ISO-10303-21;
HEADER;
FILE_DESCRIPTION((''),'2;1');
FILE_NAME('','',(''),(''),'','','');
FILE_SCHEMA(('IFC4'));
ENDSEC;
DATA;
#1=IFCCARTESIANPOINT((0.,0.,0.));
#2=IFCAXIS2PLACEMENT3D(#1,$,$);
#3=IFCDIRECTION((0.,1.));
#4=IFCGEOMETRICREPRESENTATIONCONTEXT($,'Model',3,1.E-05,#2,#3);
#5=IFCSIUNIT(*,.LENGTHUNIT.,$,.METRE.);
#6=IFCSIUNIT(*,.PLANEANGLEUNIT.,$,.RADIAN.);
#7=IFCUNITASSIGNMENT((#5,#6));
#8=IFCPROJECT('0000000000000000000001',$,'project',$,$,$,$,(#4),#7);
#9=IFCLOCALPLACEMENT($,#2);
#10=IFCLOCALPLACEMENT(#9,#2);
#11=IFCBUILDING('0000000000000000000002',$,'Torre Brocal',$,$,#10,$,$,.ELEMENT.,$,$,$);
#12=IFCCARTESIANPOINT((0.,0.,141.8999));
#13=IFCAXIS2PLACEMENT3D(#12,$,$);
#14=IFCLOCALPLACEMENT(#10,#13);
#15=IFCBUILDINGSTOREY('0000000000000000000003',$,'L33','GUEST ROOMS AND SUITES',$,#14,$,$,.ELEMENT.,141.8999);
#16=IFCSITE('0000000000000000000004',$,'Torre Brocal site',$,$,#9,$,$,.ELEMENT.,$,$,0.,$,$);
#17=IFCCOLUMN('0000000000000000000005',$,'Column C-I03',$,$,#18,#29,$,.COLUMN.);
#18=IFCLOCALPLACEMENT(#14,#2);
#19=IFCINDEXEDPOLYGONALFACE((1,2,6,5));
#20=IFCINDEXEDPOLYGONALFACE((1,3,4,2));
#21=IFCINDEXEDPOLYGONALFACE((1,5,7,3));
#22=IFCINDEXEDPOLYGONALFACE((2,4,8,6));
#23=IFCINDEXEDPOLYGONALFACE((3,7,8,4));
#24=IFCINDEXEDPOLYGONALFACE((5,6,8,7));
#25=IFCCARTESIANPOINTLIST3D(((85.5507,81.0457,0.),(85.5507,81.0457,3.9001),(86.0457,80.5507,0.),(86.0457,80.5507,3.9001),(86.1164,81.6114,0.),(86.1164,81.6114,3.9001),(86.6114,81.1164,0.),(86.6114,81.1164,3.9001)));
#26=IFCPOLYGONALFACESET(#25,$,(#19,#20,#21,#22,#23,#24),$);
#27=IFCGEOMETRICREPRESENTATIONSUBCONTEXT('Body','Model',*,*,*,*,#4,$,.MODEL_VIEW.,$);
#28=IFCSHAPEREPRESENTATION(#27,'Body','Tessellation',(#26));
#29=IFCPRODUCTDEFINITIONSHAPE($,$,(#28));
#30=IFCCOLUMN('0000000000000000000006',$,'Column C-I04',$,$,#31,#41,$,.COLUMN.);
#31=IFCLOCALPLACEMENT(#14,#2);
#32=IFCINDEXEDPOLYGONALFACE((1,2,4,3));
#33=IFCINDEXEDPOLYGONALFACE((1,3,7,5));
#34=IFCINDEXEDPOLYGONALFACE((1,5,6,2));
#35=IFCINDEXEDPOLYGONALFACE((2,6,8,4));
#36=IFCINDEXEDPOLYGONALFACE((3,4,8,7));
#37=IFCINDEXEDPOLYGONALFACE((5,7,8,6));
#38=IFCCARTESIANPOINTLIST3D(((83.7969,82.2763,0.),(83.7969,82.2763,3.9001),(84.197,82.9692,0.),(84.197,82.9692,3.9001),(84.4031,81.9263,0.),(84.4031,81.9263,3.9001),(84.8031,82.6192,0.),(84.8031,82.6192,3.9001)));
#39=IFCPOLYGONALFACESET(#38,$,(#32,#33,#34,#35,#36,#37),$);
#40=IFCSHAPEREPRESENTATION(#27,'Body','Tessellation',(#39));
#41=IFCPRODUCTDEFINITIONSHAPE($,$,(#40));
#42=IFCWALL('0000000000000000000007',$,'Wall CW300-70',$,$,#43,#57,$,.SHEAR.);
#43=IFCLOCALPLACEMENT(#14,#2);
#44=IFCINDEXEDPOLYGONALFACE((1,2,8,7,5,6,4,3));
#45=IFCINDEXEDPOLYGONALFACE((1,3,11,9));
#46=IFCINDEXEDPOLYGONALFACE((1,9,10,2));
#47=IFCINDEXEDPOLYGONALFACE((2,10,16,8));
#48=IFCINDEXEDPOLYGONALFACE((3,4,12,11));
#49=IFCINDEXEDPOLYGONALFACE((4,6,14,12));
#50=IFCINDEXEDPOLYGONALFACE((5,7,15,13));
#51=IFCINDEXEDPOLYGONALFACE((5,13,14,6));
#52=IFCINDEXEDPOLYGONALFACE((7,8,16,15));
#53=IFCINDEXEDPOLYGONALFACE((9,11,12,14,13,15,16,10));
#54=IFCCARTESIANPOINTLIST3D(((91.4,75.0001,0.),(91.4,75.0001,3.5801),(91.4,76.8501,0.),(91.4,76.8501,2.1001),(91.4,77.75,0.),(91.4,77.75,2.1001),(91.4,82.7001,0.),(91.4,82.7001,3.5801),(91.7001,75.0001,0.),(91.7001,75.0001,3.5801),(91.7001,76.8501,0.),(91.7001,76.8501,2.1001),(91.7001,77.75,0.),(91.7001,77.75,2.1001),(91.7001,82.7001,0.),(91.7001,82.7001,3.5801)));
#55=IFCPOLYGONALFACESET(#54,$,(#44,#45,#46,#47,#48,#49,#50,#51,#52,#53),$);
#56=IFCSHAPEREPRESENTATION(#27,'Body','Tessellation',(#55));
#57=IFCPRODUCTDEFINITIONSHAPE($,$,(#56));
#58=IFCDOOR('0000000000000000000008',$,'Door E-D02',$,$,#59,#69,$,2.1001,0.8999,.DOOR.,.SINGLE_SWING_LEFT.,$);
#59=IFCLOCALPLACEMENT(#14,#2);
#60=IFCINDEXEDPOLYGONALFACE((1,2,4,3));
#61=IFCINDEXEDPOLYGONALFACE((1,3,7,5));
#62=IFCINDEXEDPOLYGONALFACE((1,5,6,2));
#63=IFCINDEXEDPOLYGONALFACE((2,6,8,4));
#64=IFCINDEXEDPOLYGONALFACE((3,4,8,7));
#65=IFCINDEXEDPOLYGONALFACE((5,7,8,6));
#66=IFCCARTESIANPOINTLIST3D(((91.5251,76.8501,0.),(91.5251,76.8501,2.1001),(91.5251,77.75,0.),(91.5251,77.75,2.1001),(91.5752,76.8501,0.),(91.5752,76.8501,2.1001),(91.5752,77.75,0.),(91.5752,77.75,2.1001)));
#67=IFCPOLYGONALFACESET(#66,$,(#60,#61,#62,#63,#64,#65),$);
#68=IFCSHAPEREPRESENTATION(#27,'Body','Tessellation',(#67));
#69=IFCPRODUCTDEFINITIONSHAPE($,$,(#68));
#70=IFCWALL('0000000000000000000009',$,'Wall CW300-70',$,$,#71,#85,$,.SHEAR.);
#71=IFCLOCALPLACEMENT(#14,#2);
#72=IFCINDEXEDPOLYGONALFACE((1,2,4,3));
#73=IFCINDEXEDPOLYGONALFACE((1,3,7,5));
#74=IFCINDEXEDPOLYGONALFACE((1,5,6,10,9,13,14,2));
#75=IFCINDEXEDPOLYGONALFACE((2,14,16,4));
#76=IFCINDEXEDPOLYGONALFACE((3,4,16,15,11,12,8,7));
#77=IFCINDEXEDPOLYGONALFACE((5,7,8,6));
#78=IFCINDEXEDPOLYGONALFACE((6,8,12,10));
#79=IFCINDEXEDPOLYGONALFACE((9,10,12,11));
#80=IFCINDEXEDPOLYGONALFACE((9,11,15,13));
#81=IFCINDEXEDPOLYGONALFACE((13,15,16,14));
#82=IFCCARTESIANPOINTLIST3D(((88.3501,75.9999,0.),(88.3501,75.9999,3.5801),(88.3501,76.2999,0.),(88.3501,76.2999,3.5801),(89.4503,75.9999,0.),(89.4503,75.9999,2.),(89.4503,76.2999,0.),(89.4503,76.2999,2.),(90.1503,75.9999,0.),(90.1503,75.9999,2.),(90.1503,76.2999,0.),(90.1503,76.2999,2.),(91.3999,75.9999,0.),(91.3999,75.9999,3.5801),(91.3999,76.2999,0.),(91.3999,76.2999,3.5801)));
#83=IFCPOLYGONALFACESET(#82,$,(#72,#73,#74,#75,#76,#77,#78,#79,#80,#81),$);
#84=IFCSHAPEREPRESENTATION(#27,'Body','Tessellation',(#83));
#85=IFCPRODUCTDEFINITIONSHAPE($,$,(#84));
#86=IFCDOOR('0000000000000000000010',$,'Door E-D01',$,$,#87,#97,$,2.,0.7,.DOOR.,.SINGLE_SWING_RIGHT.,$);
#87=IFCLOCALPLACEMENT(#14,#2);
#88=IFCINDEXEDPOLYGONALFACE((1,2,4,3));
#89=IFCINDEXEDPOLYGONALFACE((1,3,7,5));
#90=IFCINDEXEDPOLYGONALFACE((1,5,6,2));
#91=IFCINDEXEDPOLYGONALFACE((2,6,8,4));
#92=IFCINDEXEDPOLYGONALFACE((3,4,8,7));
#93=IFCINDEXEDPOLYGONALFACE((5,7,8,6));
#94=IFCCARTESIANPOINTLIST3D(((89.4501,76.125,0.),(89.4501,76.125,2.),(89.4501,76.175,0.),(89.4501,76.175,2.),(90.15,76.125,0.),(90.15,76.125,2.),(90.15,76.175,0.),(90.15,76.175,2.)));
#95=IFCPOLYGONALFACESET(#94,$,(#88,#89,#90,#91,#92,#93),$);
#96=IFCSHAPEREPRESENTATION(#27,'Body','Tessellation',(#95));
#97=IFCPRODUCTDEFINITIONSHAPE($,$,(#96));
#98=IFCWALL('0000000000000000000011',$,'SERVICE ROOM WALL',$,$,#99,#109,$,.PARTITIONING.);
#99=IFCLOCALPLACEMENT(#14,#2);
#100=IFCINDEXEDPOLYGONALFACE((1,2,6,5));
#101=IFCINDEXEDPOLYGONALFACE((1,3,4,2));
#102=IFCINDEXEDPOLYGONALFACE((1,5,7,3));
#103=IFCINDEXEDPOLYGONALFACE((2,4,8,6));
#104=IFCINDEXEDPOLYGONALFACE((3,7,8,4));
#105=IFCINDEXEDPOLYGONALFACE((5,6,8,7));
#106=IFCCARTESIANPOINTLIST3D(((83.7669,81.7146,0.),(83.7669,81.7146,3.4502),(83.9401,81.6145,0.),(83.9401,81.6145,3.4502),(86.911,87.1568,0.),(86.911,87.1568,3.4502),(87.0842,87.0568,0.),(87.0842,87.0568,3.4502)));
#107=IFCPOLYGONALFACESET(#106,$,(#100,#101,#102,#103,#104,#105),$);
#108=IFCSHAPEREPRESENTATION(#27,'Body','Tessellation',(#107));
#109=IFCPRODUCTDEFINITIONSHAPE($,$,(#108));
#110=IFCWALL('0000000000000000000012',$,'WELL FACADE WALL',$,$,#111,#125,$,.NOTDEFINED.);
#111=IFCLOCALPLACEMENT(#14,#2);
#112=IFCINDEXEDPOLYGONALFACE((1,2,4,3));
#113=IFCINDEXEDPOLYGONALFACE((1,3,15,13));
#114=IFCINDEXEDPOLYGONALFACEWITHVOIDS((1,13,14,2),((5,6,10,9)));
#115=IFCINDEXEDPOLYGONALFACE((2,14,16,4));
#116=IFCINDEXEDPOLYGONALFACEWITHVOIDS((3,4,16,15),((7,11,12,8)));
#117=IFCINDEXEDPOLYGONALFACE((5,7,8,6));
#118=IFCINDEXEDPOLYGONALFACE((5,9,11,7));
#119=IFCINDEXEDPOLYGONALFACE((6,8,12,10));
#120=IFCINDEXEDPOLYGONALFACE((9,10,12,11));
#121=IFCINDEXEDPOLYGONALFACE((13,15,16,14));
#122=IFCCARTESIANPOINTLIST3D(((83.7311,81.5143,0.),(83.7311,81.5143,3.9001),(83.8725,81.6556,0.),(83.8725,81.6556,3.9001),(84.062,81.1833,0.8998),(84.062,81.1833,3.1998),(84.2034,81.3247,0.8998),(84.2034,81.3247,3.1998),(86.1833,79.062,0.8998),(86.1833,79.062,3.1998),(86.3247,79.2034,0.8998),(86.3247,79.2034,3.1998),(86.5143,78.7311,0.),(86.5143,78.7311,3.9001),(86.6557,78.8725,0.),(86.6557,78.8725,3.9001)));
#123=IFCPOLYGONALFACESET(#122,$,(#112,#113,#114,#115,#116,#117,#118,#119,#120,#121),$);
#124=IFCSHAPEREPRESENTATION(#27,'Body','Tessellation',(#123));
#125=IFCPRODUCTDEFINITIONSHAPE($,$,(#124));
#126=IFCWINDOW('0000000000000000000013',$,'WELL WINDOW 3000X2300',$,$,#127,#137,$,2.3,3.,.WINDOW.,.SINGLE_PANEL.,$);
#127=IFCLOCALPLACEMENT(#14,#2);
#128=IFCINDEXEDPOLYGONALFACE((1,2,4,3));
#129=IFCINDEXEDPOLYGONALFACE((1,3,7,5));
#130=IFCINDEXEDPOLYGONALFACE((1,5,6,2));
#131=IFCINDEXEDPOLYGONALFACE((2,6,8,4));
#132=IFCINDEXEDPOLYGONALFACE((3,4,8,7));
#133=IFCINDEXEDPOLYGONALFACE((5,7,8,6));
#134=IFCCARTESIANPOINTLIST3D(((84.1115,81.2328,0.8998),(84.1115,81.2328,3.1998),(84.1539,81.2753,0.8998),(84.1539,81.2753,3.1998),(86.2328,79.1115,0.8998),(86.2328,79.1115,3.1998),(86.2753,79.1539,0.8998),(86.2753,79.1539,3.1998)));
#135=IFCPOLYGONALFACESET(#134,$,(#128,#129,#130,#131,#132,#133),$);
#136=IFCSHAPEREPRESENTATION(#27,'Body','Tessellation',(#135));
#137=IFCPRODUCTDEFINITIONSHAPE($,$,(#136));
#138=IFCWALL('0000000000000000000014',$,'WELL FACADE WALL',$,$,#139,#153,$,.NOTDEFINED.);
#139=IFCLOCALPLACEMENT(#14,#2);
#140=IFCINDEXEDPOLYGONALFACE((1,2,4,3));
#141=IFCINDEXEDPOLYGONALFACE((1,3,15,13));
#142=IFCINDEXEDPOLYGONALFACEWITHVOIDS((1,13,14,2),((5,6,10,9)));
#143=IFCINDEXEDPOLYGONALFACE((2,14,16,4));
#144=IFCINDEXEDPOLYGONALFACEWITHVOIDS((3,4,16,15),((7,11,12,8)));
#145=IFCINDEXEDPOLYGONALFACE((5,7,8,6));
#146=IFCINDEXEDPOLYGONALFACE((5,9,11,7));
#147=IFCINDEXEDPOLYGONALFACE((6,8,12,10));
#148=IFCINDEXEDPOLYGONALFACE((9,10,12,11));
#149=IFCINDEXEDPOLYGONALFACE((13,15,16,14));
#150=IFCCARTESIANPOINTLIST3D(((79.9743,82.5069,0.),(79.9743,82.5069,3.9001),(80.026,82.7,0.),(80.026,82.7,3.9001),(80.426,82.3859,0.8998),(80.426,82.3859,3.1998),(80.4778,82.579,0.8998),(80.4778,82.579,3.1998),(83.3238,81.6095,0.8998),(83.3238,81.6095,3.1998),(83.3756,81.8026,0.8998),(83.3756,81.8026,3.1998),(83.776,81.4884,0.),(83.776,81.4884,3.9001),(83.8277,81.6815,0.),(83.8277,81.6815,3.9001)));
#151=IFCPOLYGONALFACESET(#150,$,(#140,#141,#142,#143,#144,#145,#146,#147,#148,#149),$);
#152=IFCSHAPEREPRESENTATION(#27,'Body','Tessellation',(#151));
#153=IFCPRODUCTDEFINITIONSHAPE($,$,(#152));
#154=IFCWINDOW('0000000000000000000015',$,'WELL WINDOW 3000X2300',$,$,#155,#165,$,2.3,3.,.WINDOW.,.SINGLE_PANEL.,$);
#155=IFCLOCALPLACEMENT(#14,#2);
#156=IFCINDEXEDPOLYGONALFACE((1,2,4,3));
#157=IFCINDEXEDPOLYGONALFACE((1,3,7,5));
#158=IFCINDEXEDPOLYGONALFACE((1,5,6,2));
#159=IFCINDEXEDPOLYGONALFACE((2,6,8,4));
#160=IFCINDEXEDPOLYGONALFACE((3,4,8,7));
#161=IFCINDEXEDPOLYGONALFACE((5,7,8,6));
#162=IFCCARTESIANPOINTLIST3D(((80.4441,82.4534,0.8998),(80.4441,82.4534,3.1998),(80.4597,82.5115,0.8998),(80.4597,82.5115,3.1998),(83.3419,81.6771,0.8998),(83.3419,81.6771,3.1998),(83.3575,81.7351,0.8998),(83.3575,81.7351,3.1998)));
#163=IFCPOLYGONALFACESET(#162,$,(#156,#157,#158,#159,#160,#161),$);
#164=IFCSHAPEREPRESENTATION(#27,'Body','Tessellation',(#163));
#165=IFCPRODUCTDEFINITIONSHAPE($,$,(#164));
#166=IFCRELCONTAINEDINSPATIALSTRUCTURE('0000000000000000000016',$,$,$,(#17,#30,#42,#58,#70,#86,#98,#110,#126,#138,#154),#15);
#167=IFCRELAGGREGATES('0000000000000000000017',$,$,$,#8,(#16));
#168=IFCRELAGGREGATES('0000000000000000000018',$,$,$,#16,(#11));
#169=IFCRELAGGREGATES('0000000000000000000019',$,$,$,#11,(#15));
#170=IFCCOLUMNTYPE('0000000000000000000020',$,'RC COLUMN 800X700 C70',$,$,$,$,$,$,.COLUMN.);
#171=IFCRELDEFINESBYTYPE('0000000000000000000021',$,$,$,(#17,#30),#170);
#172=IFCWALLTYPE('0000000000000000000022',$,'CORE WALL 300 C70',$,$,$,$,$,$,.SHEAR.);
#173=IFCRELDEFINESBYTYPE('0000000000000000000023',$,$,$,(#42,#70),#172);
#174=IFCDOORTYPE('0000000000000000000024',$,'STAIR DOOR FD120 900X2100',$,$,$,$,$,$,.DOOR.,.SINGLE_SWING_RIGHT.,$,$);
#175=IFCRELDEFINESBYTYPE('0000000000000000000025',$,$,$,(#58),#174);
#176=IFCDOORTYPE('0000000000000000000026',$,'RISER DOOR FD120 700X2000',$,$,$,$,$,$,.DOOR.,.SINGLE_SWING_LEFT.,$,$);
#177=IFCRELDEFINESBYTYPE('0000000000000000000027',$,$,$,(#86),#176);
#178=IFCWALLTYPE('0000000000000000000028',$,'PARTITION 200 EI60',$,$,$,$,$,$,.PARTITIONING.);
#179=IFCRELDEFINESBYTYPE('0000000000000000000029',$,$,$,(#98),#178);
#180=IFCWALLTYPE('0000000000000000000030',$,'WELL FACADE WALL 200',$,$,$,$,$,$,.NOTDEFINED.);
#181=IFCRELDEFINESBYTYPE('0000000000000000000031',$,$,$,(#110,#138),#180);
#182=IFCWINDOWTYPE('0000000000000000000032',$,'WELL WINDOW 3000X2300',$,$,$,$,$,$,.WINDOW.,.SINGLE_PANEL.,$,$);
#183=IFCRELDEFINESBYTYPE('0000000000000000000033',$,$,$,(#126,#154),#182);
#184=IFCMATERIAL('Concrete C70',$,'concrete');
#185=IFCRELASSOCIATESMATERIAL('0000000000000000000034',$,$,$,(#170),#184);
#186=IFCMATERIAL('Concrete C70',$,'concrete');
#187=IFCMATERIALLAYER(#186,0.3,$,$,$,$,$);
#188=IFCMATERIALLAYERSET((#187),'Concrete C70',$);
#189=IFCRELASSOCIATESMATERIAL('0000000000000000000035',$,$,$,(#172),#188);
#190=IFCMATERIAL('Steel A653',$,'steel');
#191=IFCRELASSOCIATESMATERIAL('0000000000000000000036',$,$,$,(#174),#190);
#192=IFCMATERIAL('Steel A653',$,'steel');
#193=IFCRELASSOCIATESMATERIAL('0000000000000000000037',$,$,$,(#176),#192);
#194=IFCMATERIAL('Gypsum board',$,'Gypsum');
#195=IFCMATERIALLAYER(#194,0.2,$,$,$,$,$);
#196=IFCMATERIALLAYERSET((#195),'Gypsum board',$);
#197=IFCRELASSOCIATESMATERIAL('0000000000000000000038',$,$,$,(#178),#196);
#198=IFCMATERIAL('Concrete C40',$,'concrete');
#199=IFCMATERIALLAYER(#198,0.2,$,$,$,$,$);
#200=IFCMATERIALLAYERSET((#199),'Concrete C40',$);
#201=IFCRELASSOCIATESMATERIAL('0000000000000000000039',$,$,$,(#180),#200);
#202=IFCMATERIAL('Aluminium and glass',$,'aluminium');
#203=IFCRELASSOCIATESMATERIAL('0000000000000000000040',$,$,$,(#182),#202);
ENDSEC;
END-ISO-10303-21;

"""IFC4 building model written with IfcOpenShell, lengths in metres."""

from ifc_helpers import new_model, si_unit, direction, frame, frame_2d, origin, origin_2d, place, context, subcontext, project, spatial, rectangle, extrude, material, layer, layer_set, material_profile, profile_set, type_object, element, fill, save


model = new_model("IFC4")

# Units and contexts
model_context = context("Model", 3, precision=1e-05, world=origin(), true_north=direction((0.0, 1.0)))
body_context = subcontext(model_context, "Body", "Model", "MODEL_VIEW")
ifc_project = project(units=[si_unit("LENGTHUNIT", "METRE"), si_unit("PLANEANGLEUNIT", "RADIAN")], contexts=[model_context])

# Site, building, storey
site_placement = place(None, origin())
site = spatial("IfcSite", under=ifc_project, at=site_placement, Name="Torre Brocal site", CompositionType="ELEMENT", RefElevation=0.0)
building_placement = place(site_placement, origin())
building = spatial("IfcBuilding", under=site, at=building_placement, Name="Torre Brocal", CompositionType="ELEMENT")
storey_placement = place(building_placement, frame((0.0, 0.0, 141.8999)))
storey = spatial("IfcBuildingStorey", under=building, at=storey_placement, Name="L33", Description="GUEST ROOMS AND SUITES", CompositionType="ELEMENT", Elevation=141.8999)

# Columns
ifc_material_1 = material(Name="Concrete C70", Category="concrete")
ifc_material_profile = material_profile(ifc_material_1, rectangle(XDim=0.8, YDim=0.7, at=origin_2d()), Name="RC 800X700")
ifc_profile_set = profile_set([ifc_material_profile], Name="Concrete C70")
column_type = type_object("IfcColumnType", Name="RC COLUMN 800X700 C70", PredefinedType="COLUMN", material=ifc_profile_set)
for number, where, z_axis, x_axis, name in (
    (1, (86.0811, 81.0811, 0.0), (0.0, 0.0, 1.0), (0.707107, 0.707107, 0.0), "Column C-I03"),
    (2, (84.3, 82.4478, 0.0), (0.0, 0.0, 1.0), (0.5, 0.866025, 0.0), "Column C-I04"),
):
    element("IfcColumn", number, at=place(storey_placement, frame(where, z_axis=z_axis, x_axis=x_axis)), inside=storey, type_object=column_type, Name=name, PredefinedType="COLUMN", context=body_context, shape_type="SweptSolid", body=[
        extrude(rectangle(XDim=0.8, YDim=0.7, at=origin_2d()), origin(), (0.0, 0.0, 1.0), 3.9001),
    ])

# Walls, openings, doors
ifc_material_2 = material(Name="Concrete C70", Category="concrete")
ifc_layer_1 = layer(ifc_material_2, 0.3)
ifc_layer_set_1 = layer_set([ifc_layer_1], Name="Concrete C70")
wall_type_1 = type_object("IfcWallType", Name="CORE WALL 300 C70", PredefinedType="SHEAR", material=ifc_layer_set_1)
wall_1_placement = place(storey_placement, frame((91.55, 75.0, 0.0), z_axis=(0.0, 0.0, 1.0), x_axis=(0.0, 1.0, 0.0)))
wall_1 = element("IfcWall", 3, at=wall_1_placement, inside=storey, type_object=wall_type_1, Name="Wall CW300-70", PredefinedType="SHEAR", context=body_context, shape_type="SweptSolid", body=[
    extrude(rectangle(XDim=7.7, YDim=0.3, at=frame_2d((3.8501, 0.0))), origin(), (0.0, 0.0, 1.0), 3.5801),
])
opening_1_placement = place(wall_1_placement, frame((1.8501, 0.0, 0.0)))
opening_1 = element("IfcOpeningElement", 4, at=opening_1_placement, cuts=wall_1, PredefinedType="OPENING", context=body_context, shape_type="SweptSolid", body=[
    extrude(rectangle(XDim=0.8999, YDim=2.1001, at=frame_2d((0.45, 1.05))), frame((0.0, 0.1599, 0.0), z_axis=(0.0, -1.0, 0.0), x_axis=(1.0, 0.0, 0.0)), (0.0, 0.0, 1.0), 0.3201),
])
ifc_material_3 = material(Name="Steel A653", Category="steel")
door_type_1 = type_object("IfcDoorType", Name="STAIR DOOR FD120 900X2100", OperationType="SINGLE_SWING_RIGHT", PredefinedType="DOOR", material=ifc_material_3)
door_1_placement = place(opening_1_placement, origin())
door_1 = element("IfcDoor", 5, at=door_1_placement, inside=storey, type_object=door_type_1, Name="Door E-D02", OperationType="SINGLE_SWING_LEFT", OverallHeight=2.1001, OverallWidth=0.8999, PredefinedType="DOOR", context=body_context, shape_type="SweptSolid", body=[
    extrude(rectangle(XDim=0.8999, YDim=2.1001, at=frame_2d((0.45, 1.05))), frame((0.0, 0.0249, 0.0), z_axis=(0.0, -1.0, 0.0), x_axis=(1.0, 0.0, 0.0)), (0.0, 0.0, 1.0), 0.05),
])
fill(opening_1, door_1)
wall_2_placement = place(storey_placement, frame((88.3501, 76.1499, 0.0), z_axis=(0.0, 0.0, 1.0), x_axis=(1.0, 0.0, 0.0)))
wall_2 = element("IfcWall", 6, at=wall_2_placement, inside=storey, type_object=wall_type_1, Name="Wall CW300-70", PredefinedType="SHEAR", context=body_context, shape_type="SweptSolid", body=[
    extrude(rectangle(XDim=3.0498, YDim=0.3, at=frame_2d((1.5249, 0.0))), origin(), (0.0, 0.0, 1.0), 3.5801),
])
opening_2_placement = place(wall_2_placement, frame((1.1001, 0.0, 0.0)))
opening_2 = element("IfcOpeningElement", 7, at=opening_2_placement, cuts=wall_2, PredefinedType="OPENING", context=body_context, shape_type="SweptSolid", body=[
    extrude(rectangle(XDim=0.7, YDim=2.0, at=frame_2d((0.3501, 1.0))), frame((0.0, 0.1599, 0.0), z_axis=(0.0, -1.0, 0.0), x_axis=(1.0, 0.0, 0.0)), (0.0, 0.0, 1.0), 0.3201),
])
ifc_material_4 = material(Name="Steel A653", Category="steel")
door_type_2 = type_object("IfcDoorType", Name="RISER DOOR FD120 700X2000", OperationType="SINGLE_SWING_LEFT", PredefinedType="DOOR", material=ifc_material_4)
door_2_placement = place(opening_2_placement, frame((0.7, 0.0, 0.0), z_axis=(0.0, 0.0, 1.0), x_axis=(-1.0, 0.0, 0.0)))
door_2 = element("IfcDoor", 8, at=door_2_placement, inside=storey, type_object=door_type_2, Name="Door E-D01", OperationType="SINGLE_SWING_RIGHT", OverallHeight=2.0, OverallWidth=0.7, PredefinedType="DOOR", context=body_context, shape_type="SweptSolid", body=[
    extrude(rectangle(XDim=0.7, YDim=2.0, at=frame_2d((0.3501, 1.0))), frame((0.0, 0.0249, 0.0), z_axis=(0.0, -1.0, 0.0), x_axis=(1.0, 0.0, 0.0)), (0.0, 0.0, 1.0), 0.05),
])
fill(opening_2, door_2)

# Wall
ifc_material_5 = material(Name="Gypsum board", Category="Gypsum")
ifc_layer_2 = layer(ifc_material_5, 0.2)
ifc_layer_set_2 = layer_set([ifc_layer_2], Name="Gypsum board")
wall_type_2 = type_object("IfcWallType", Name="PARTITION 200 EI60", PredefinedType="PARTITIONING", material=ifc_layer_set_2)
wall_3_placement = place(storey_placement, frame((83.8535, 81.6646, 0.0), z_axis=(0.0, 0.0, 1.0), x_axis=(0.500241, 0.865886, 0.0)))
element("IfcWall", 9, at=wall_3_placement, inside=storey, type_object=wall_type_2, Name="SERVICE ROOM WALL", PredefinedType="PARTITIONING", context=body_context, shape_type="SweptSolid", body=[
    extrude(rectangle(XDim=6.2852, YDim=0.2, at=frame_2d((3.1426, 0.0))), origin(), (0.0, 0.0, 1.0), 3.4502),
])

# Walls, openings, windows
ifc_material_6 = material(Name="Concrete C40", Category="concrete")
ifc_layer_3 = layer(ifc_material_6, 0.2)
ifc_layer_set_3 = layer_set([ifc_layer_3], Name="Concrete C40")
wall_type_3 = type_object("IfcWallType", Name="WELL FACADE WALL 200", PredefinedType="NOTDEFINED", material=ifc_layer_set_3)
wall_4_placement = place(storey_placement, frame((86.585, 78.8018, 0.0), z_axis=(0.0, 0.0, 1.0), x_axis=(-0.707107, 0.707107, 0.0)))
wall_4 = element("IfcWall", 10, at=wall_4_placement, inside=storey, type_object=wall_type_3, Name="WELL FACADE WALL", PredefinedType="NOTDEFINED", context=body_context, shape_type="SweptSolid", body=[
    extrude(rectangle(XDim=3.936, YDim=0.2, at=frame_2d((1.968, 0.0))), origin(), (0.0, 0.0, 1.0), 3.9001),
])
opening_3_placement = place(wall_4_placement, frame((0.468, 0.0, 0.8999)))
opening_3 = element("IfcOpeningElement", 11, at=opening_3_placement, cuts=wall_4, PredefinedType="OPENING", context=body_context, shape_type="SweptSolid", body=[
    extrude(rectangle(XDim=3.0, YDim=2.3, at=frame_2d((1.5, 1.1499))), frame((0.0, 0.1099, 0.0), z_axis=(0.0, -1.0, 0.0), x_axis=(1.0, 0.0, 0.0)), (0.0, 0.0, 1.0), 0.22),
])
ifc_material_7 = material(Name="Aluminium and glass", Category="aluminium")
window_type = type_object("IfcWindowType", Name="WELL WINDOW 3000X2300", PartitioningType="SINGLE_PANEL", PredefinedType="WINDOW", material=ifc_material_7)
window_1_placement = place(opening_3_placement, origin())
window_1 = element("IfcWindow", 12, at=window_1_placement, inside=storey, type_object=window_type, Name="WELL WINDOW 3000X2300", OverallHeight=2.3, OverallWidth=3.0, PartitioningType="SINGLE_PANEL", PredefinedType="WINDOW", context=body_context, shape_type="SweptSolid", body=[
    extrude(rectangle(XDim=3.0, YDim=2.3, at=frame_2d((1.5, 1.1499))), frame((0.0, 0.03, 0.0), z_axis=(0.0, -1.0, 0.0), x_axis=(1.0, 0.0, 0.0)), (0.0, 0.0, 1.0), 0.0601),
])
fill(opening_3, window_1)
wall_5_placement = place(storey_placement, frame((83.8018, 81.585, 0.0), z_axis=(0.0, 0.0, 1.0), x_axis=(-0.965934, 0.25879, 0.0)))
wall_5 = element("IfcWall", 13, at=wall_5_placement, inside=storey, type_object=wall_type_3, Name="WELL FACADE WALL", PredefinedType="NOTDEFINED", context=body_context, shape_type="SweptSolid", body=[
    extrude(rectangle(XDim=3.9358, YDim=0.2, at=frame_2d((1.9678, 0.0))), origin(), (0.0, 0.0, 1.0), 3.9001),
])
opening_4_placement = place(wall_5_placement, frame((0.468, 0.0, 0.8999)))
opening_4 = element("IfcOpeningElement", 14, at=opening_4_placement, cuts=wall_5, PredefinedType="OPENING", context=body_context, shape_type="SweptSolid", body=[
    extrude(rectangle(XDim=3.0, YDim=2.3, at=frame_2d((1.5, 1.1499))), frame((0.0, 0.1099, 0.0), z_axis=(0.0, -1.0, 0.0), x_axis=(1.0, 0.0, 0.0)), (0.0, 0.0, 1.0), 0.22),
])
window_2_placement = place(opening_4_placement, origin())
window_2 = element("IfcWindow", 15, at=window_2_placement, inside=storey, type_object=window_type, Name="WELL WINDOW 3000X2300", OverallHeight=2.3, OverallWidth=3.0, PartitioningType="SINGLE_PANEL", PredefinedType="WINDOW", context=body_context, shape_type="SweptSolid", body=[
    extrude(rectangle(XDim=3.0, YDim=2.3, at=frame_2d((1.5, 1.1499))), frame((0.0, 0.03, 0.0), z_axis=(0.0, -1.0, 0.0), x_axis=(1.0, 0.0, 0.0)), (0.0, 0.0, 1.0), 0.0601),
])
fill(opening_4, window_2)

save(model, "model.ifc")
